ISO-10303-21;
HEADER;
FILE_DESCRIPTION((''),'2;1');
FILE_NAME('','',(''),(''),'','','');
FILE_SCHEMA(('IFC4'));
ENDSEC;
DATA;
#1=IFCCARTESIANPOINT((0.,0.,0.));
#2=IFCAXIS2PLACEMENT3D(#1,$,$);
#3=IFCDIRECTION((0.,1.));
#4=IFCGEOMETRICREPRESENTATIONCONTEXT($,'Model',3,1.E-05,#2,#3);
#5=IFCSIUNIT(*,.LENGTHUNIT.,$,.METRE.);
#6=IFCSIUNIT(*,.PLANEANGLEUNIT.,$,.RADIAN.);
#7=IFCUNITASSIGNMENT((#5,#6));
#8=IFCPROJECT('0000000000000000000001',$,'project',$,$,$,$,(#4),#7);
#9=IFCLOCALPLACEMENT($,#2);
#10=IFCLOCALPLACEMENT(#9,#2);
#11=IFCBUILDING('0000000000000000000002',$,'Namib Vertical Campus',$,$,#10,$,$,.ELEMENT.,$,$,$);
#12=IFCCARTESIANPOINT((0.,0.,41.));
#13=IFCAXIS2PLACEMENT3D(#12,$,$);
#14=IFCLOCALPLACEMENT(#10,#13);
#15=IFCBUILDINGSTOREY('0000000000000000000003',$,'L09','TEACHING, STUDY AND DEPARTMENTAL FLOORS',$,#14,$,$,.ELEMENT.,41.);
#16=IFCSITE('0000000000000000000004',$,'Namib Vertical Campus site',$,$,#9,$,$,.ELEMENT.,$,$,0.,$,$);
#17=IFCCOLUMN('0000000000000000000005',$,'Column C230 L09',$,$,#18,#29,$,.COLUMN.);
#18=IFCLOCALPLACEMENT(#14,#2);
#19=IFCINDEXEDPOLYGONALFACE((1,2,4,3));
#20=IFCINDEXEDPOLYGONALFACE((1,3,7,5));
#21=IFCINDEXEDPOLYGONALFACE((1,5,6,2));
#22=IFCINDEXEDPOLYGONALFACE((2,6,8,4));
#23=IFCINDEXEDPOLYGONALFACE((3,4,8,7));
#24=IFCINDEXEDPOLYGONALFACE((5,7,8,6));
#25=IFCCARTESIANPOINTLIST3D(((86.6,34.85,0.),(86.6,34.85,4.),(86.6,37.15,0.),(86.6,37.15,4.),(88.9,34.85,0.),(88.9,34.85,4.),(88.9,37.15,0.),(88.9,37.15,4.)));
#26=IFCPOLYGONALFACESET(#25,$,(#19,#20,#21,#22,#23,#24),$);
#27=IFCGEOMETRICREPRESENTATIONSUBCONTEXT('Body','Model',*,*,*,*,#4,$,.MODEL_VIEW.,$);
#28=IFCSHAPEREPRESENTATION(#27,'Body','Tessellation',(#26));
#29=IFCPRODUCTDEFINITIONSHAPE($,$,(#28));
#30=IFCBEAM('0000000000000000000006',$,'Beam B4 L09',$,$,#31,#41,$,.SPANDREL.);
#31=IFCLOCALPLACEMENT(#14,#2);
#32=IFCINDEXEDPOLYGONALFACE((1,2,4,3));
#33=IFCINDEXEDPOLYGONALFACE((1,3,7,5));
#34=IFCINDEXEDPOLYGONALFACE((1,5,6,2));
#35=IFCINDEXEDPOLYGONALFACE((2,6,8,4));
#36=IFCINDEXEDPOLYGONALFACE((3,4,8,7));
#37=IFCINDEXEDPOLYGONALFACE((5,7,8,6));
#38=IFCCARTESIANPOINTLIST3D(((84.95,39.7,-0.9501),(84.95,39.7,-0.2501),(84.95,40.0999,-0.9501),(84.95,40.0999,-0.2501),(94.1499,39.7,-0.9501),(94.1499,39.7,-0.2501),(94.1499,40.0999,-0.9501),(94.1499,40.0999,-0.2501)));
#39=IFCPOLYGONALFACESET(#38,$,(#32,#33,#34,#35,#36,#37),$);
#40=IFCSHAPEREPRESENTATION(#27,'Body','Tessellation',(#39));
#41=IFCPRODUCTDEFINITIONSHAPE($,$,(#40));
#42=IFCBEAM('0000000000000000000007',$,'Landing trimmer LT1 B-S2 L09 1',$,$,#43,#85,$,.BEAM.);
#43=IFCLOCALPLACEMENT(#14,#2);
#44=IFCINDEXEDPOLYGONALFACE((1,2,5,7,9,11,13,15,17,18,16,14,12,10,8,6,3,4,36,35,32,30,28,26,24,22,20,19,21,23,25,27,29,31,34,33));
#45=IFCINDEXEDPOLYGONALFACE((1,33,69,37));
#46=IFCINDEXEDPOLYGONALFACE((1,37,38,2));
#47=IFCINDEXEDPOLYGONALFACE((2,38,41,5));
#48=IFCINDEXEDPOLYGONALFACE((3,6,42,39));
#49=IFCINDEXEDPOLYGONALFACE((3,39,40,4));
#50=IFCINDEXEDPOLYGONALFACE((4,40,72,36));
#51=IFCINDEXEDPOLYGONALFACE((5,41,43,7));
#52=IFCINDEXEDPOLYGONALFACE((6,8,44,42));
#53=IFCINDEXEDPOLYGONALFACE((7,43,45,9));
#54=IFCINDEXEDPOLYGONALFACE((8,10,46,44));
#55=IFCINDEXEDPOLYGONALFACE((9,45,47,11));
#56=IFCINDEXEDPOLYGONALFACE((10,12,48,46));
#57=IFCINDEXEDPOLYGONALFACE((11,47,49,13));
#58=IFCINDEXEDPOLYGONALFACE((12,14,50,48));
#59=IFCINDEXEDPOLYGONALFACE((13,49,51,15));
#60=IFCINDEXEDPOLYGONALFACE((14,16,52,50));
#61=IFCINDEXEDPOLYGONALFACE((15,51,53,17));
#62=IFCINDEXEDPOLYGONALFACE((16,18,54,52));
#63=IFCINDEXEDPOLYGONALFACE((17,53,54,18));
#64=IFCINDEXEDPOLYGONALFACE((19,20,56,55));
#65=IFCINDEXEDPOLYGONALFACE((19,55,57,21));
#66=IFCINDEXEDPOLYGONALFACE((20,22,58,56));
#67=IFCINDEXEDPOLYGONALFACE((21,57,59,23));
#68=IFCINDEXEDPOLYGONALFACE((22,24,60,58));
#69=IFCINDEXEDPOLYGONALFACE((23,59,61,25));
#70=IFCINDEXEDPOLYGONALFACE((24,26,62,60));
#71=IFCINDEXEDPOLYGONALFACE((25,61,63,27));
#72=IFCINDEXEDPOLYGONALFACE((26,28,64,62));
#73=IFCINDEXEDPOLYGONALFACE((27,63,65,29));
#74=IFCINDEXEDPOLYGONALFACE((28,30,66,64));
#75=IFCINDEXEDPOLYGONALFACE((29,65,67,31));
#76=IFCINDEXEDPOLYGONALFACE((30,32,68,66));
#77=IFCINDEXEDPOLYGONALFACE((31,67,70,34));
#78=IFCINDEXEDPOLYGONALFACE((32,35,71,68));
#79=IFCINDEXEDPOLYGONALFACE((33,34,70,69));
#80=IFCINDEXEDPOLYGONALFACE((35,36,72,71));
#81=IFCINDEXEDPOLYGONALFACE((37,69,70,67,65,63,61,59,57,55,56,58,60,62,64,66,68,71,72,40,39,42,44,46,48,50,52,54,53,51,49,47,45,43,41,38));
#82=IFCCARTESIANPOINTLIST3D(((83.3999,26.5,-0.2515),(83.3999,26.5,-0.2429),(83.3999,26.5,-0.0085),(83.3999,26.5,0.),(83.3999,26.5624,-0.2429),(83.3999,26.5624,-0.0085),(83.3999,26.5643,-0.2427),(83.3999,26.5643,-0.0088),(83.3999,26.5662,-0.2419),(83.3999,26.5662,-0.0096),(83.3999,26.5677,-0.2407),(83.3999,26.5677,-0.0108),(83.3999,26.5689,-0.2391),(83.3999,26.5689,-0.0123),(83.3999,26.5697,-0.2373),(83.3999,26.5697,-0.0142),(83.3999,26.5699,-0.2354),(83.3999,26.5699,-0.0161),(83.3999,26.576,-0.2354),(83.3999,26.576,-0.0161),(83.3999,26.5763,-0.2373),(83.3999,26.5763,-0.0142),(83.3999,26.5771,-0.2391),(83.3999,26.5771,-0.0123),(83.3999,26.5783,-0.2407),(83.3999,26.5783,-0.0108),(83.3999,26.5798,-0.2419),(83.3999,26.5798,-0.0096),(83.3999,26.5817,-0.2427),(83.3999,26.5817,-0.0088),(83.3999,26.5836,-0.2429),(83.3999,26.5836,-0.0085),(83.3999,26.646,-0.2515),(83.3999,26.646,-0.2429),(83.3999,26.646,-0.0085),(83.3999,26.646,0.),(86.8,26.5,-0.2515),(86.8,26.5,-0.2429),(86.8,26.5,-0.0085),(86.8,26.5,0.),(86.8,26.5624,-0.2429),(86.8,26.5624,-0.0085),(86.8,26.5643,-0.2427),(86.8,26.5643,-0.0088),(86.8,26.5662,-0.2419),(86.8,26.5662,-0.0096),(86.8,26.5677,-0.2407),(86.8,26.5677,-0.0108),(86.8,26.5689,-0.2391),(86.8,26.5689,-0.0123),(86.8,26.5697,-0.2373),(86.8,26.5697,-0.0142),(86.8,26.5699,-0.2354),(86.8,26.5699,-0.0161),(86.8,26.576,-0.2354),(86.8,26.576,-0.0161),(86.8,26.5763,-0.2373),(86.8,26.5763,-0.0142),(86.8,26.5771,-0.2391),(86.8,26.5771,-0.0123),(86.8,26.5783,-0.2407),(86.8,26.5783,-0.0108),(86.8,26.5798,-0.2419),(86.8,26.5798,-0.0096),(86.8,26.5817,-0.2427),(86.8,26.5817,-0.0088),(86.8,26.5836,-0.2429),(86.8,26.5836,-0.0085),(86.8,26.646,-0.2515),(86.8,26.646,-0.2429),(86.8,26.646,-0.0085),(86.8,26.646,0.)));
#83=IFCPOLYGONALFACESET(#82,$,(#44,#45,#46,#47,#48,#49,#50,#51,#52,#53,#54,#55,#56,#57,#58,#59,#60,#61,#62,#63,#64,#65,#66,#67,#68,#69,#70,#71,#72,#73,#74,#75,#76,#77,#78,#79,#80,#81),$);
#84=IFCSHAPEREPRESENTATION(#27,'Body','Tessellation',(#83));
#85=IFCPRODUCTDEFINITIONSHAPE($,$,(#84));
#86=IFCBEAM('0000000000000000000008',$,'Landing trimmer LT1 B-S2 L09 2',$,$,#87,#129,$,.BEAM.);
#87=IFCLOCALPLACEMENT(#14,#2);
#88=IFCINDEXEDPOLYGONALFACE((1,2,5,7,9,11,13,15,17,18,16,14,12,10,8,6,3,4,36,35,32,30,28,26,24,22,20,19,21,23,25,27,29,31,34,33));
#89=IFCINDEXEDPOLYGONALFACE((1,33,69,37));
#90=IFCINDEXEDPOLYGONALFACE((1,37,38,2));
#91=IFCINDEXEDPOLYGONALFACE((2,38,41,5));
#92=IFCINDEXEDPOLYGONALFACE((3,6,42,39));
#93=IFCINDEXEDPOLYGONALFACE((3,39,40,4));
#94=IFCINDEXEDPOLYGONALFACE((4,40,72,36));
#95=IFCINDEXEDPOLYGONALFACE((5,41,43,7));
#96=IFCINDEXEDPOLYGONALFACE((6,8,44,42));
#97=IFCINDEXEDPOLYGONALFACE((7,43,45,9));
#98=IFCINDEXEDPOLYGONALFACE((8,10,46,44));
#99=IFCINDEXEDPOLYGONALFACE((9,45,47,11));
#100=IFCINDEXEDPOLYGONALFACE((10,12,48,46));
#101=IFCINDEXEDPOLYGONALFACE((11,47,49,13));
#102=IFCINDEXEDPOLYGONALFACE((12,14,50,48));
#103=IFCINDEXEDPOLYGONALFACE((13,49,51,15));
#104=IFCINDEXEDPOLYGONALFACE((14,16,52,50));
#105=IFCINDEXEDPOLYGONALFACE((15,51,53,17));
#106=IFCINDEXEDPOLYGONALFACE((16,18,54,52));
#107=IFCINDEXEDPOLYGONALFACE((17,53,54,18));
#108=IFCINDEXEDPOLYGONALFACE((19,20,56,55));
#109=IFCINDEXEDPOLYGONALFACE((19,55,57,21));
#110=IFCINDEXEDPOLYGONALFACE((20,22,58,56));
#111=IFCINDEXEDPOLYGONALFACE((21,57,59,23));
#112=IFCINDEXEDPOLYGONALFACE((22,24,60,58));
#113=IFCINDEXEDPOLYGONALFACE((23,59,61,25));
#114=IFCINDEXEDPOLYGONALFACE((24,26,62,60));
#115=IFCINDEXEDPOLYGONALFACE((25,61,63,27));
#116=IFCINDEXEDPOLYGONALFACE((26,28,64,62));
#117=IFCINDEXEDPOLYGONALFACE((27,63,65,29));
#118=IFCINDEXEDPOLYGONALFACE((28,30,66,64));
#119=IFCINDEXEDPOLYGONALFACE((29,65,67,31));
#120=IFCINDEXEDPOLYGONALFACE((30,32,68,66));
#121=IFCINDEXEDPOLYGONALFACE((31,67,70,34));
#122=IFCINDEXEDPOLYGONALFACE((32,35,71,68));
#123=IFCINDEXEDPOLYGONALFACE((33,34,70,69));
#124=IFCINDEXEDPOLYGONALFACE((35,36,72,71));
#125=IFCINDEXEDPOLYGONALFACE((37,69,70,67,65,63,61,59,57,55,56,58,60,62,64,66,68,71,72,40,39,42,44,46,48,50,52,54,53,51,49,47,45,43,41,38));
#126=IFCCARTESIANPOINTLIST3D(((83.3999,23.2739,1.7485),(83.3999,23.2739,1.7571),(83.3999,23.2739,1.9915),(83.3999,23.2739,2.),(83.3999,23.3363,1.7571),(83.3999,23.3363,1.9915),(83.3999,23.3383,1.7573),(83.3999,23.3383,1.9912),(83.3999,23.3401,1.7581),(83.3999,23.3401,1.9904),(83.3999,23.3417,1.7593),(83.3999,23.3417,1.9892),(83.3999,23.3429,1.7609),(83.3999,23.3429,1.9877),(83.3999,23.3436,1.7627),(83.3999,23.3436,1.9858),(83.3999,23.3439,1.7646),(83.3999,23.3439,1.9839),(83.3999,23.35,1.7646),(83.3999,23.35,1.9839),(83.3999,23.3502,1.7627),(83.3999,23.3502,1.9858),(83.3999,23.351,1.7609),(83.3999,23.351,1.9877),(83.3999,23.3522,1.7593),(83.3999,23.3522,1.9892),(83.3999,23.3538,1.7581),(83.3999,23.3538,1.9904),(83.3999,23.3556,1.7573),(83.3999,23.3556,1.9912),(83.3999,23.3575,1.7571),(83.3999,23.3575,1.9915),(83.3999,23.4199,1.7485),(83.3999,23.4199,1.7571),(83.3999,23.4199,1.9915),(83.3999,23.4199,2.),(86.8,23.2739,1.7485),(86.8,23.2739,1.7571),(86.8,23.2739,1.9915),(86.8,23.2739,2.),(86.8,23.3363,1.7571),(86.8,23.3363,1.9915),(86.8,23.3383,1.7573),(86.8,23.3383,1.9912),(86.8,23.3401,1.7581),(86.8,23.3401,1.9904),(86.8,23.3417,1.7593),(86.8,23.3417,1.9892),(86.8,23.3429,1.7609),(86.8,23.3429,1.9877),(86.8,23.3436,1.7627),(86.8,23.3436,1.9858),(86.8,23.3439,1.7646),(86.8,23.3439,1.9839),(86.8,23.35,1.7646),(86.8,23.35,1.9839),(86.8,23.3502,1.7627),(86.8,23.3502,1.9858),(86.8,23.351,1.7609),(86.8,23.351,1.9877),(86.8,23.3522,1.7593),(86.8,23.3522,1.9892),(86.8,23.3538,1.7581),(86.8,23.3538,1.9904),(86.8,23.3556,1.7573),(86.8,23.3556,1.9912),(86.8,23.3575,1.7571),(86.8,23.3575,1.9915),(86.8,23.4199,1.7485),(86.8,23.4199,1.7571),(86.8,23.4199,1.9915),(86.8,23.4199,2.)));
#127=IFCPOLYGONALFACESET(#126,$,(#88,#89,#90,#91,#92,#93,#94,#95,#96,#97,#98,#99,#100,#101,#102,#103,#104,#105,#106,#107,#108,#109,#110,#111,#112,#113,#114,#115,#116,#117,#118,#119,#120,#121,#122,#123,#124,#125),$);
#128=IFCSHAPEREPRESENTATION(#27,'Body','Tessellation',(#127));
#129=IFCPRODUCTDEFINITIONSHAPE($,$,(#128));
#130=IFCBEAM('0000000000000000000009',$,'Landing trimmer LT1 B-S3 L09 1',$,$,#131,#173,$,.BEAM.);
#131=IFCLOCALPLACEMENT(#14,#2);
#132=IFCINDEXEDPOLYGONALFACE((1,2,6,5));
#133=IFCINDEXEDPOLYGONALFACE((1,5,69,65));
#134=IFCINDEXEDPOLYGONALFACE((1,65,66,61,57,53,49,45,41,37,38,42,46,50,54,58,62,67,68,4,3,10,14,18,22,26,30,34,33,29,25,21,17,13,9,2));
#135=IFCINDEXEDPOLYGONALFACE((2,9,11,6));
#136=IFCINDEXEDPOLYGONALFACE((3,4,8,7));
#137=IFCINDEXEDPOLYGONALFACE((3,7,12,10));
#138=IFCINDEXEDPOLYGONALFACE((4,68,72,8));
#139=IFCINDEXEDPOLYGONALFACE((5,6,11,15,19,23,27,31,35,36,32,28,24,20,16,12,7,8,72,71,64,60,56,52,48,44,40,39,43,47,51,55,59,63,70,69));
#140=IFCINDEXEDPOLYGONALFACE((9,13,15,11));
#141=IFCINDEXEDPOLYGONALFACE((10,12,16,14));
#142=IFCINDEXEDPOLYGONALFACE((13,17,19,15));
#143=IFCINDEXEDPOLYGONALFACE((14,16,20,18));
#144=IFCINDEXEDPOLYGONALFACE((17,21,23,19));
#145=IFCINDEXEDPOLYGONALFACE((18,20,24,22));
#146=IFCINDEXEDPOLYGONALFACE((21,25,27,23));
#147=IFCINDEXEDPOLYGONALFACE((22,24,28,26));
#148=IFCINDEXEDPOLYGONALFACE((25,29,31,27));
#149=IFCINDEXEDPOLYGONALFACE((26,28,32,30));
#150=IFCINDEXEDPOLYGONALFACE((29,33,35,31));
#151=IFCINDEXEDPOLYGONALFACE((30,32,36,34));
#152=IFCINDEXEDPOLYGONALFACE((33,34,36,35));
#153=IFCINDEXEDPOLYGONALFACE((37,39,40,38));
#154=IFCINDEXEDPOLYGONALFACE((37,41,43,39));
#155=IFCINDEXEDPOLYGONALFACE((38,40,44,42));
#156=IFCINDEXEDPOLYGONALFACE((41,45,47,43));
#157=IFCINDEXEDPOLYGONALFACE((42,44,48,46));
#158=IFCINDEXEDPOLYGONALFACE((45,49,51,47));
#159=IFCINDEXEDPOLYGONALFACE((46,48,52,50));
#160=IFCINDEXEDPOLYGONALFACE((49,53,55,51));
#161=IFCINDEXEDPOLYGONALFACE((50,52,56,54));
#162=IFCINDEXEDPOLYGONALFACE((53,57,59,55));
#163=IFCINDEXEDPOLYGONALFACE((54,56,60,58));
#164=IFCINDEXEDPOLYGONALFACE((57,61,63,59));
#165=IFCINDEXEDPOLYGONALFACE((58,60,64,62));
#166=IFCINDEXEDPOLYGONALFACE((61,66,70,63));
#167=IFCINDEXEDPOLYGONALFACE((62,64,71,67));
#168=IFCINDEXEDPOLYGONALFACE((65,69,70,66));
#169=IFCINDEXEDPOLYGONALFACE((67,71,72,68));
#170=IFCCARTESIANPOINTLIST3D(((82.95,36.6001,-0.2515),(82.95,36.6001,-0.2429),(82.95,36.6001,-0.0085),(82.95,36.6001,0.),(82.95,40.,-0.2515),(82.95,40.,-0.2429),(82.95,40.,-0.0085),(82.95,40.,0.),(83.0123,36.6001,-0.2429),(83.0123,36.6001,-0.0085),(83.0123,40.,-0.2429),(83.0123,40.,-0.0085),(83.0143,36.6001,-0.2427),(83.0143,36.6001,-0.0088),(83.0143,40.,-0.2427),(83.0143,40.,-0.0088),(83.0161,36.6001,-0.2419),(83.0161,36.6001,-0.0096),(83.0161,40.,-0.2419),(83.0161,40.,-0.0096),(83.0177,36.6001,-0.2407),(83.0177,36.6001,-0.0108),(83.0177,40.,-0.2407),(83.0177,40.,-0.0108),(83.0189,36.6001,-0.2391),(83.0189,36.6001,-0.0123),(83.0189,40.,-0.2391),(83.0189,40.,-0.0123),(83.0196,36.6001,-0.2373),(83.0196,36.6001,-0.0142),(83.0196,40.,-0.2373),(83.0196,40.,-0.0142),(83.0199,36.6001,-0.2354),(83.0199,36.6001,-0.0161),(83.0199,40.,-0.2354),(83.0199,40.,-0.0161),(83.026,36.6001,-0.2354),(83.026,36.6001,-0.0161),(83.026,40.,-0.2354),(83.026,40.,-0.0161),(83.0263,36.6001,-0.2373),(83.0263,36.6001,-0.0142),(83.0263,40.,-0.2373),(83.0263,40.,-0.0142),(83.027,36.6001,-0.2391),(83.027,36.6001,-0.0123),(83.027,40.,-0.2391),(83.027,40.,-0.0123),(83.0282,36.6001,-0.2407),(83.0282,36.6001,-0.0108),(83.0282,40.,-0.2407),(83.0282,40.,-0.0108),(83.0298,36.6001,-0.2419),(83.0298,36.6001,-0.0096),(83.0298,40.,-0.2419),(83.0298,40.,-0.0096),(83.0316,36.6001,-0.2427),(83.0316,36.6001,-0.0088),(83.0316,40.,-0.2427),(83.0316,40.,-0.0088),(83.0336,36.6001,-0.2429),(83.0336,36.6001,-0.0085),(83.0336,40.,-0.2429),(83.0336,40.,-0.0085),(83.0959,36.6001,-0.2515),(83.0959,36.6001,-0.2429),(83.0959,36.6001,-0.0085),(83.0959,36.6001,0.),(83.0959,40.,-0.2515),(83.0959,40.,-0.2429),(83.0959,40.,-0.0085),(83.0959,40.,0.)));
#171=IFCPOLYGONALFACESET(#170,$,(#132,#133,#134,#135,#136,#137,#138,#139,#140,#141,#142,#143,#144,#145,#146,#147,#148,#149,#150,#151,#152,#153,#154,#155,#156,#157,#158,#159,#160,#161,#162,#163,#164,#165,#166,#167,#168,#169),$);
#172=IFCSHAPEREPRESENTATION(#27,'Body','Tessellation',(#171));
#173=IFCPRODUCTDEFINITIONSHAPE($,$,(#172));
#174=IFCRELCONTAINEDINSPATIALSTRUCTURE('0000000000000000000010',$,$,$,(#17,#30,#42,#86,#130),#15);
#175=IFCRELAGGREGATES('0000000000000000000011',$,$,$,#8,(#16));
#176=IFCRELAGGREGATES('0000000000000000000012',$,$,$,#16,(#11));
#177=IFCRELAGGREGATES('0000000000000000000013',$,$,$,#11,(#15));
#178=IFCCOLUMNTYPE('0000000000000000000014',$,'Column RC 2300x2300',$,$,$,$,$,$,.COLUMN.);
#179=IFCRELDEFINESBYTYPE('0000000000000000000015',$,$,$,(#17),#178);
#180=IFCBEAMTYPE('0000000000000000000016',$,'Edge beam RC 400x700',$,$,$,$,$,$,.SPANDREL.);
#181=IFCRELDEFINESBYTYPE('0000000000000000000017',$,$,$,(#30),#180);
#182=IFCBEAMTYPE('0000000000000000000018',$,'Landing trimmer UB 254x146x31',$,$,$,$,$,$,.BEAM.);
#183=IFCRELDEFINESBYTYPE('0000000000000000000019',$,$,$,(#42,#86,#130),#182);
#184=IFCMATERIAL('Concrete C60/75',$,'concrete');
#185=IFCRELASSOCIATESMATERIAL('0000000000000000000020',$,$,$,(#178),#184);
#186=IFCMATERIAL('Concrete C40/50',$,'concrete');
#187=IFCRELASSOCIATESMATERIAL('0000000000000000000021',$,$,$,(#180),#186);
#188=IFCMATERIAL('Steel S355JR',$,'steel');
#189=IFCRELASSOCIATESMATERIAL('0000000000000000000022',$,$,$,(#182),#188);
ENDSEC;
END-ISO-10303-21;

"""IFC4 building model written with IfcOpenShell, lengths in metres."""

from ifc_helpers import new_model, si_unit, direction, frame, origin, origin_2d, place, context, subcontext, project, spatial, rectangle, i_section, extrude, material, material_profile, profile_set, type_object, element, save


model = new_model("IFC4")

# Units and contexts
model_context = context("Model", 3, precision=1e-05, world=origin(), true_north=direction((0.0, 1.0)))
body_context = subcontext(model_context, "Body", "Model", "MODEL_VIEW")
ifc_project = project(units=[si_unit("LENGTHUNIT", "METRE"), si_unit("PLANEANGLEUNIT", "RADIAN")], contexts=[model_context])

# Site, building, storey
site_placement = place(None, origin())
site = spatial("IfcSite", under=ifc_project, at=site_placement, Name="Namib Vertical Campus site", CompositionType="ELEMENT", RefElevation=0.0)
building_placement = place(site_placement, origin())
building = spatial("IfcBuilding", under=site, at=building_placement, Name="Namib Vertical Campus", CompositionType="ELEMENT")
storey_placement = place(building_placement, frame((0.0, 0.0, 41.0)))
storey = spatial("IfcBuildingStorey", under=building, at=storey_placement, Name="L09", Description="TEACHING, STUDY AND DEPARTMENTAL FLOORS", CompositionType="ELEMENT", Elevation=41.0)

# Column
ifc_material_1 = material(Name="Concrete C60/75", Category="concrete")
ifc_material_profile_1 = material_profile(ifc_material_1, rectangle(XDim=2.3, YDim=2.3, at=origin_2d()))
ifc_profile_set_1 = profile_set([ifc_material_profile_1], Name="Concrete C60/75")
column_type = type_object("IfcColumnType", Name="Column RC 2300x2300", PredefinedType="COLUMN", material=ifc_profile_set_1)
column_placement = place(storey_placement, frame((87.75, 36.0, 0.0), z_axis=(0.0, 0.0, 1.0), x_axis=(1.0, 0.0, 0.0)))
element("IfcColumn", 1, at=column_placement, inside=storey, type_object=column_type, Name="Column C230 L09", PredefinedType="COLUMN", context=body_context, shape_type="SweptSolid", body=[
    extrude(rectangle(XDim=2.3, YDim=2.3, at=origin_2d()), origin(), (0.0, 0.0, 1.0), 4.0),
])

# Beams
ifc_material_2 = material(Name="Concrete C40/50", Category="concrete")
ifc_material_profile_2 = material_profile(ifc_material_2, rectangle(XDim=0.3999, YDim=0.7, at=origin_2d()))
ifc_profile_set_2 = profile_set([ifc_material_profile_2], Name="Concrete C40/50")
beam_type_1 = type_object("IfcBeamType", Name="Edge beam RC 400x700", PredefinedType="SPANDREL", material=ifc_profile_set_2)
beam_1_placement = place(storey_placement, frame((84.95, 39.8999, -0.6001), z_axis=(1.0, 0.0, 0.0), x_axis=(0.0, 1.0, 0.0)))
element("IfcBeam", 2, at=beam_1_placement, inside=storey, type_object=beam_type_1, Name="Beam B4 L09", PredefinedType="SPANDREL", context=body_context, shape_type="SweptSolid", body=[
    extrude(rectangle(XDim=0.3999, YDim=0.7, at=origin_2d()), origin(), (0.0, 0.0, 1.0), 9.2),
])
ifc_material_3 = material(Name="Steel S355JR", Category="steel")
ifc_material_profile_3 = material_profile(ifc_material_3, i_section(OverallWidth=0.146, OverallDepth=0.2515, WebThickness=0.0061, FlangeThickness=0.0085, FilletRadius=0.0076, at=origin_2d()))
ifc_profile_set_3 = profile_set([ifc_material_profile_3], Name="Steel S355JR")
beam_type_2 = type_object("IfcBeamType", Name="Landing trimmer UB 254x146x31", PredefinedType="BEAM", material=ifc_profile_set_3)
for number, where, z_axis, x_axis, name in (
    (3, (83.3999, 26.573, -0.1257), (1.0, 0.0, 0.0), (0.0, 1.0, 0.0), "Landing trimmer LT1 B-S2 L09 1"),
    (4, (83.3999, 23.3469, 1.8743), (1.0, 0.0, 0.0), (0.0, 1.0, 0.0), "Landing trimmer LT1 B-S2 L09 2"),
):
    element("IfcBeam", number, at=place(storey_placement, frame(where, z_axis=z_axis, x_axis=x_axis)), inside=storey, type_object=beam_type_2, Name=name, PredefinedType="BEAM", context=body_context, shape_type="SweptSolid", body=[
        extrude(i_section(OverallWidth=0.146, OverallDepth=0.2515, WebThickness=0.0061, FlangeThickness=0.0085, FilletRadius=0.0076, at=origin_2d()), origin(), (0.0, 0.0, 1.0), 3.4001),
    ])
beam_2_placement = place(storey_placement, frame((83.0229, 36.6001, -0.1257), z_axis=(0.0, 1.0, 0.0), x_axis=(-1.0, 0.0, 0.0)))
element("IfcBeam", 5, at=beam_2_placement, inside=storey, type_object=beam_type_2, Name="Landing trimmer LT1 B-S3 L09 1", PredefinedType="BEAM", context=body_context, shape_type="SweptSolid", body=[
    extrude(i_section(OverallWidth=0.146, OverallDepth=0.2515, WebThickness=0.0061, FlangeThickness=0.0085, FilletRadius=0.0076, at=origin_2d()), origin(), (0.0, 0.0, 1.0), 3.3999),
])

save(model, "model.ifc")
